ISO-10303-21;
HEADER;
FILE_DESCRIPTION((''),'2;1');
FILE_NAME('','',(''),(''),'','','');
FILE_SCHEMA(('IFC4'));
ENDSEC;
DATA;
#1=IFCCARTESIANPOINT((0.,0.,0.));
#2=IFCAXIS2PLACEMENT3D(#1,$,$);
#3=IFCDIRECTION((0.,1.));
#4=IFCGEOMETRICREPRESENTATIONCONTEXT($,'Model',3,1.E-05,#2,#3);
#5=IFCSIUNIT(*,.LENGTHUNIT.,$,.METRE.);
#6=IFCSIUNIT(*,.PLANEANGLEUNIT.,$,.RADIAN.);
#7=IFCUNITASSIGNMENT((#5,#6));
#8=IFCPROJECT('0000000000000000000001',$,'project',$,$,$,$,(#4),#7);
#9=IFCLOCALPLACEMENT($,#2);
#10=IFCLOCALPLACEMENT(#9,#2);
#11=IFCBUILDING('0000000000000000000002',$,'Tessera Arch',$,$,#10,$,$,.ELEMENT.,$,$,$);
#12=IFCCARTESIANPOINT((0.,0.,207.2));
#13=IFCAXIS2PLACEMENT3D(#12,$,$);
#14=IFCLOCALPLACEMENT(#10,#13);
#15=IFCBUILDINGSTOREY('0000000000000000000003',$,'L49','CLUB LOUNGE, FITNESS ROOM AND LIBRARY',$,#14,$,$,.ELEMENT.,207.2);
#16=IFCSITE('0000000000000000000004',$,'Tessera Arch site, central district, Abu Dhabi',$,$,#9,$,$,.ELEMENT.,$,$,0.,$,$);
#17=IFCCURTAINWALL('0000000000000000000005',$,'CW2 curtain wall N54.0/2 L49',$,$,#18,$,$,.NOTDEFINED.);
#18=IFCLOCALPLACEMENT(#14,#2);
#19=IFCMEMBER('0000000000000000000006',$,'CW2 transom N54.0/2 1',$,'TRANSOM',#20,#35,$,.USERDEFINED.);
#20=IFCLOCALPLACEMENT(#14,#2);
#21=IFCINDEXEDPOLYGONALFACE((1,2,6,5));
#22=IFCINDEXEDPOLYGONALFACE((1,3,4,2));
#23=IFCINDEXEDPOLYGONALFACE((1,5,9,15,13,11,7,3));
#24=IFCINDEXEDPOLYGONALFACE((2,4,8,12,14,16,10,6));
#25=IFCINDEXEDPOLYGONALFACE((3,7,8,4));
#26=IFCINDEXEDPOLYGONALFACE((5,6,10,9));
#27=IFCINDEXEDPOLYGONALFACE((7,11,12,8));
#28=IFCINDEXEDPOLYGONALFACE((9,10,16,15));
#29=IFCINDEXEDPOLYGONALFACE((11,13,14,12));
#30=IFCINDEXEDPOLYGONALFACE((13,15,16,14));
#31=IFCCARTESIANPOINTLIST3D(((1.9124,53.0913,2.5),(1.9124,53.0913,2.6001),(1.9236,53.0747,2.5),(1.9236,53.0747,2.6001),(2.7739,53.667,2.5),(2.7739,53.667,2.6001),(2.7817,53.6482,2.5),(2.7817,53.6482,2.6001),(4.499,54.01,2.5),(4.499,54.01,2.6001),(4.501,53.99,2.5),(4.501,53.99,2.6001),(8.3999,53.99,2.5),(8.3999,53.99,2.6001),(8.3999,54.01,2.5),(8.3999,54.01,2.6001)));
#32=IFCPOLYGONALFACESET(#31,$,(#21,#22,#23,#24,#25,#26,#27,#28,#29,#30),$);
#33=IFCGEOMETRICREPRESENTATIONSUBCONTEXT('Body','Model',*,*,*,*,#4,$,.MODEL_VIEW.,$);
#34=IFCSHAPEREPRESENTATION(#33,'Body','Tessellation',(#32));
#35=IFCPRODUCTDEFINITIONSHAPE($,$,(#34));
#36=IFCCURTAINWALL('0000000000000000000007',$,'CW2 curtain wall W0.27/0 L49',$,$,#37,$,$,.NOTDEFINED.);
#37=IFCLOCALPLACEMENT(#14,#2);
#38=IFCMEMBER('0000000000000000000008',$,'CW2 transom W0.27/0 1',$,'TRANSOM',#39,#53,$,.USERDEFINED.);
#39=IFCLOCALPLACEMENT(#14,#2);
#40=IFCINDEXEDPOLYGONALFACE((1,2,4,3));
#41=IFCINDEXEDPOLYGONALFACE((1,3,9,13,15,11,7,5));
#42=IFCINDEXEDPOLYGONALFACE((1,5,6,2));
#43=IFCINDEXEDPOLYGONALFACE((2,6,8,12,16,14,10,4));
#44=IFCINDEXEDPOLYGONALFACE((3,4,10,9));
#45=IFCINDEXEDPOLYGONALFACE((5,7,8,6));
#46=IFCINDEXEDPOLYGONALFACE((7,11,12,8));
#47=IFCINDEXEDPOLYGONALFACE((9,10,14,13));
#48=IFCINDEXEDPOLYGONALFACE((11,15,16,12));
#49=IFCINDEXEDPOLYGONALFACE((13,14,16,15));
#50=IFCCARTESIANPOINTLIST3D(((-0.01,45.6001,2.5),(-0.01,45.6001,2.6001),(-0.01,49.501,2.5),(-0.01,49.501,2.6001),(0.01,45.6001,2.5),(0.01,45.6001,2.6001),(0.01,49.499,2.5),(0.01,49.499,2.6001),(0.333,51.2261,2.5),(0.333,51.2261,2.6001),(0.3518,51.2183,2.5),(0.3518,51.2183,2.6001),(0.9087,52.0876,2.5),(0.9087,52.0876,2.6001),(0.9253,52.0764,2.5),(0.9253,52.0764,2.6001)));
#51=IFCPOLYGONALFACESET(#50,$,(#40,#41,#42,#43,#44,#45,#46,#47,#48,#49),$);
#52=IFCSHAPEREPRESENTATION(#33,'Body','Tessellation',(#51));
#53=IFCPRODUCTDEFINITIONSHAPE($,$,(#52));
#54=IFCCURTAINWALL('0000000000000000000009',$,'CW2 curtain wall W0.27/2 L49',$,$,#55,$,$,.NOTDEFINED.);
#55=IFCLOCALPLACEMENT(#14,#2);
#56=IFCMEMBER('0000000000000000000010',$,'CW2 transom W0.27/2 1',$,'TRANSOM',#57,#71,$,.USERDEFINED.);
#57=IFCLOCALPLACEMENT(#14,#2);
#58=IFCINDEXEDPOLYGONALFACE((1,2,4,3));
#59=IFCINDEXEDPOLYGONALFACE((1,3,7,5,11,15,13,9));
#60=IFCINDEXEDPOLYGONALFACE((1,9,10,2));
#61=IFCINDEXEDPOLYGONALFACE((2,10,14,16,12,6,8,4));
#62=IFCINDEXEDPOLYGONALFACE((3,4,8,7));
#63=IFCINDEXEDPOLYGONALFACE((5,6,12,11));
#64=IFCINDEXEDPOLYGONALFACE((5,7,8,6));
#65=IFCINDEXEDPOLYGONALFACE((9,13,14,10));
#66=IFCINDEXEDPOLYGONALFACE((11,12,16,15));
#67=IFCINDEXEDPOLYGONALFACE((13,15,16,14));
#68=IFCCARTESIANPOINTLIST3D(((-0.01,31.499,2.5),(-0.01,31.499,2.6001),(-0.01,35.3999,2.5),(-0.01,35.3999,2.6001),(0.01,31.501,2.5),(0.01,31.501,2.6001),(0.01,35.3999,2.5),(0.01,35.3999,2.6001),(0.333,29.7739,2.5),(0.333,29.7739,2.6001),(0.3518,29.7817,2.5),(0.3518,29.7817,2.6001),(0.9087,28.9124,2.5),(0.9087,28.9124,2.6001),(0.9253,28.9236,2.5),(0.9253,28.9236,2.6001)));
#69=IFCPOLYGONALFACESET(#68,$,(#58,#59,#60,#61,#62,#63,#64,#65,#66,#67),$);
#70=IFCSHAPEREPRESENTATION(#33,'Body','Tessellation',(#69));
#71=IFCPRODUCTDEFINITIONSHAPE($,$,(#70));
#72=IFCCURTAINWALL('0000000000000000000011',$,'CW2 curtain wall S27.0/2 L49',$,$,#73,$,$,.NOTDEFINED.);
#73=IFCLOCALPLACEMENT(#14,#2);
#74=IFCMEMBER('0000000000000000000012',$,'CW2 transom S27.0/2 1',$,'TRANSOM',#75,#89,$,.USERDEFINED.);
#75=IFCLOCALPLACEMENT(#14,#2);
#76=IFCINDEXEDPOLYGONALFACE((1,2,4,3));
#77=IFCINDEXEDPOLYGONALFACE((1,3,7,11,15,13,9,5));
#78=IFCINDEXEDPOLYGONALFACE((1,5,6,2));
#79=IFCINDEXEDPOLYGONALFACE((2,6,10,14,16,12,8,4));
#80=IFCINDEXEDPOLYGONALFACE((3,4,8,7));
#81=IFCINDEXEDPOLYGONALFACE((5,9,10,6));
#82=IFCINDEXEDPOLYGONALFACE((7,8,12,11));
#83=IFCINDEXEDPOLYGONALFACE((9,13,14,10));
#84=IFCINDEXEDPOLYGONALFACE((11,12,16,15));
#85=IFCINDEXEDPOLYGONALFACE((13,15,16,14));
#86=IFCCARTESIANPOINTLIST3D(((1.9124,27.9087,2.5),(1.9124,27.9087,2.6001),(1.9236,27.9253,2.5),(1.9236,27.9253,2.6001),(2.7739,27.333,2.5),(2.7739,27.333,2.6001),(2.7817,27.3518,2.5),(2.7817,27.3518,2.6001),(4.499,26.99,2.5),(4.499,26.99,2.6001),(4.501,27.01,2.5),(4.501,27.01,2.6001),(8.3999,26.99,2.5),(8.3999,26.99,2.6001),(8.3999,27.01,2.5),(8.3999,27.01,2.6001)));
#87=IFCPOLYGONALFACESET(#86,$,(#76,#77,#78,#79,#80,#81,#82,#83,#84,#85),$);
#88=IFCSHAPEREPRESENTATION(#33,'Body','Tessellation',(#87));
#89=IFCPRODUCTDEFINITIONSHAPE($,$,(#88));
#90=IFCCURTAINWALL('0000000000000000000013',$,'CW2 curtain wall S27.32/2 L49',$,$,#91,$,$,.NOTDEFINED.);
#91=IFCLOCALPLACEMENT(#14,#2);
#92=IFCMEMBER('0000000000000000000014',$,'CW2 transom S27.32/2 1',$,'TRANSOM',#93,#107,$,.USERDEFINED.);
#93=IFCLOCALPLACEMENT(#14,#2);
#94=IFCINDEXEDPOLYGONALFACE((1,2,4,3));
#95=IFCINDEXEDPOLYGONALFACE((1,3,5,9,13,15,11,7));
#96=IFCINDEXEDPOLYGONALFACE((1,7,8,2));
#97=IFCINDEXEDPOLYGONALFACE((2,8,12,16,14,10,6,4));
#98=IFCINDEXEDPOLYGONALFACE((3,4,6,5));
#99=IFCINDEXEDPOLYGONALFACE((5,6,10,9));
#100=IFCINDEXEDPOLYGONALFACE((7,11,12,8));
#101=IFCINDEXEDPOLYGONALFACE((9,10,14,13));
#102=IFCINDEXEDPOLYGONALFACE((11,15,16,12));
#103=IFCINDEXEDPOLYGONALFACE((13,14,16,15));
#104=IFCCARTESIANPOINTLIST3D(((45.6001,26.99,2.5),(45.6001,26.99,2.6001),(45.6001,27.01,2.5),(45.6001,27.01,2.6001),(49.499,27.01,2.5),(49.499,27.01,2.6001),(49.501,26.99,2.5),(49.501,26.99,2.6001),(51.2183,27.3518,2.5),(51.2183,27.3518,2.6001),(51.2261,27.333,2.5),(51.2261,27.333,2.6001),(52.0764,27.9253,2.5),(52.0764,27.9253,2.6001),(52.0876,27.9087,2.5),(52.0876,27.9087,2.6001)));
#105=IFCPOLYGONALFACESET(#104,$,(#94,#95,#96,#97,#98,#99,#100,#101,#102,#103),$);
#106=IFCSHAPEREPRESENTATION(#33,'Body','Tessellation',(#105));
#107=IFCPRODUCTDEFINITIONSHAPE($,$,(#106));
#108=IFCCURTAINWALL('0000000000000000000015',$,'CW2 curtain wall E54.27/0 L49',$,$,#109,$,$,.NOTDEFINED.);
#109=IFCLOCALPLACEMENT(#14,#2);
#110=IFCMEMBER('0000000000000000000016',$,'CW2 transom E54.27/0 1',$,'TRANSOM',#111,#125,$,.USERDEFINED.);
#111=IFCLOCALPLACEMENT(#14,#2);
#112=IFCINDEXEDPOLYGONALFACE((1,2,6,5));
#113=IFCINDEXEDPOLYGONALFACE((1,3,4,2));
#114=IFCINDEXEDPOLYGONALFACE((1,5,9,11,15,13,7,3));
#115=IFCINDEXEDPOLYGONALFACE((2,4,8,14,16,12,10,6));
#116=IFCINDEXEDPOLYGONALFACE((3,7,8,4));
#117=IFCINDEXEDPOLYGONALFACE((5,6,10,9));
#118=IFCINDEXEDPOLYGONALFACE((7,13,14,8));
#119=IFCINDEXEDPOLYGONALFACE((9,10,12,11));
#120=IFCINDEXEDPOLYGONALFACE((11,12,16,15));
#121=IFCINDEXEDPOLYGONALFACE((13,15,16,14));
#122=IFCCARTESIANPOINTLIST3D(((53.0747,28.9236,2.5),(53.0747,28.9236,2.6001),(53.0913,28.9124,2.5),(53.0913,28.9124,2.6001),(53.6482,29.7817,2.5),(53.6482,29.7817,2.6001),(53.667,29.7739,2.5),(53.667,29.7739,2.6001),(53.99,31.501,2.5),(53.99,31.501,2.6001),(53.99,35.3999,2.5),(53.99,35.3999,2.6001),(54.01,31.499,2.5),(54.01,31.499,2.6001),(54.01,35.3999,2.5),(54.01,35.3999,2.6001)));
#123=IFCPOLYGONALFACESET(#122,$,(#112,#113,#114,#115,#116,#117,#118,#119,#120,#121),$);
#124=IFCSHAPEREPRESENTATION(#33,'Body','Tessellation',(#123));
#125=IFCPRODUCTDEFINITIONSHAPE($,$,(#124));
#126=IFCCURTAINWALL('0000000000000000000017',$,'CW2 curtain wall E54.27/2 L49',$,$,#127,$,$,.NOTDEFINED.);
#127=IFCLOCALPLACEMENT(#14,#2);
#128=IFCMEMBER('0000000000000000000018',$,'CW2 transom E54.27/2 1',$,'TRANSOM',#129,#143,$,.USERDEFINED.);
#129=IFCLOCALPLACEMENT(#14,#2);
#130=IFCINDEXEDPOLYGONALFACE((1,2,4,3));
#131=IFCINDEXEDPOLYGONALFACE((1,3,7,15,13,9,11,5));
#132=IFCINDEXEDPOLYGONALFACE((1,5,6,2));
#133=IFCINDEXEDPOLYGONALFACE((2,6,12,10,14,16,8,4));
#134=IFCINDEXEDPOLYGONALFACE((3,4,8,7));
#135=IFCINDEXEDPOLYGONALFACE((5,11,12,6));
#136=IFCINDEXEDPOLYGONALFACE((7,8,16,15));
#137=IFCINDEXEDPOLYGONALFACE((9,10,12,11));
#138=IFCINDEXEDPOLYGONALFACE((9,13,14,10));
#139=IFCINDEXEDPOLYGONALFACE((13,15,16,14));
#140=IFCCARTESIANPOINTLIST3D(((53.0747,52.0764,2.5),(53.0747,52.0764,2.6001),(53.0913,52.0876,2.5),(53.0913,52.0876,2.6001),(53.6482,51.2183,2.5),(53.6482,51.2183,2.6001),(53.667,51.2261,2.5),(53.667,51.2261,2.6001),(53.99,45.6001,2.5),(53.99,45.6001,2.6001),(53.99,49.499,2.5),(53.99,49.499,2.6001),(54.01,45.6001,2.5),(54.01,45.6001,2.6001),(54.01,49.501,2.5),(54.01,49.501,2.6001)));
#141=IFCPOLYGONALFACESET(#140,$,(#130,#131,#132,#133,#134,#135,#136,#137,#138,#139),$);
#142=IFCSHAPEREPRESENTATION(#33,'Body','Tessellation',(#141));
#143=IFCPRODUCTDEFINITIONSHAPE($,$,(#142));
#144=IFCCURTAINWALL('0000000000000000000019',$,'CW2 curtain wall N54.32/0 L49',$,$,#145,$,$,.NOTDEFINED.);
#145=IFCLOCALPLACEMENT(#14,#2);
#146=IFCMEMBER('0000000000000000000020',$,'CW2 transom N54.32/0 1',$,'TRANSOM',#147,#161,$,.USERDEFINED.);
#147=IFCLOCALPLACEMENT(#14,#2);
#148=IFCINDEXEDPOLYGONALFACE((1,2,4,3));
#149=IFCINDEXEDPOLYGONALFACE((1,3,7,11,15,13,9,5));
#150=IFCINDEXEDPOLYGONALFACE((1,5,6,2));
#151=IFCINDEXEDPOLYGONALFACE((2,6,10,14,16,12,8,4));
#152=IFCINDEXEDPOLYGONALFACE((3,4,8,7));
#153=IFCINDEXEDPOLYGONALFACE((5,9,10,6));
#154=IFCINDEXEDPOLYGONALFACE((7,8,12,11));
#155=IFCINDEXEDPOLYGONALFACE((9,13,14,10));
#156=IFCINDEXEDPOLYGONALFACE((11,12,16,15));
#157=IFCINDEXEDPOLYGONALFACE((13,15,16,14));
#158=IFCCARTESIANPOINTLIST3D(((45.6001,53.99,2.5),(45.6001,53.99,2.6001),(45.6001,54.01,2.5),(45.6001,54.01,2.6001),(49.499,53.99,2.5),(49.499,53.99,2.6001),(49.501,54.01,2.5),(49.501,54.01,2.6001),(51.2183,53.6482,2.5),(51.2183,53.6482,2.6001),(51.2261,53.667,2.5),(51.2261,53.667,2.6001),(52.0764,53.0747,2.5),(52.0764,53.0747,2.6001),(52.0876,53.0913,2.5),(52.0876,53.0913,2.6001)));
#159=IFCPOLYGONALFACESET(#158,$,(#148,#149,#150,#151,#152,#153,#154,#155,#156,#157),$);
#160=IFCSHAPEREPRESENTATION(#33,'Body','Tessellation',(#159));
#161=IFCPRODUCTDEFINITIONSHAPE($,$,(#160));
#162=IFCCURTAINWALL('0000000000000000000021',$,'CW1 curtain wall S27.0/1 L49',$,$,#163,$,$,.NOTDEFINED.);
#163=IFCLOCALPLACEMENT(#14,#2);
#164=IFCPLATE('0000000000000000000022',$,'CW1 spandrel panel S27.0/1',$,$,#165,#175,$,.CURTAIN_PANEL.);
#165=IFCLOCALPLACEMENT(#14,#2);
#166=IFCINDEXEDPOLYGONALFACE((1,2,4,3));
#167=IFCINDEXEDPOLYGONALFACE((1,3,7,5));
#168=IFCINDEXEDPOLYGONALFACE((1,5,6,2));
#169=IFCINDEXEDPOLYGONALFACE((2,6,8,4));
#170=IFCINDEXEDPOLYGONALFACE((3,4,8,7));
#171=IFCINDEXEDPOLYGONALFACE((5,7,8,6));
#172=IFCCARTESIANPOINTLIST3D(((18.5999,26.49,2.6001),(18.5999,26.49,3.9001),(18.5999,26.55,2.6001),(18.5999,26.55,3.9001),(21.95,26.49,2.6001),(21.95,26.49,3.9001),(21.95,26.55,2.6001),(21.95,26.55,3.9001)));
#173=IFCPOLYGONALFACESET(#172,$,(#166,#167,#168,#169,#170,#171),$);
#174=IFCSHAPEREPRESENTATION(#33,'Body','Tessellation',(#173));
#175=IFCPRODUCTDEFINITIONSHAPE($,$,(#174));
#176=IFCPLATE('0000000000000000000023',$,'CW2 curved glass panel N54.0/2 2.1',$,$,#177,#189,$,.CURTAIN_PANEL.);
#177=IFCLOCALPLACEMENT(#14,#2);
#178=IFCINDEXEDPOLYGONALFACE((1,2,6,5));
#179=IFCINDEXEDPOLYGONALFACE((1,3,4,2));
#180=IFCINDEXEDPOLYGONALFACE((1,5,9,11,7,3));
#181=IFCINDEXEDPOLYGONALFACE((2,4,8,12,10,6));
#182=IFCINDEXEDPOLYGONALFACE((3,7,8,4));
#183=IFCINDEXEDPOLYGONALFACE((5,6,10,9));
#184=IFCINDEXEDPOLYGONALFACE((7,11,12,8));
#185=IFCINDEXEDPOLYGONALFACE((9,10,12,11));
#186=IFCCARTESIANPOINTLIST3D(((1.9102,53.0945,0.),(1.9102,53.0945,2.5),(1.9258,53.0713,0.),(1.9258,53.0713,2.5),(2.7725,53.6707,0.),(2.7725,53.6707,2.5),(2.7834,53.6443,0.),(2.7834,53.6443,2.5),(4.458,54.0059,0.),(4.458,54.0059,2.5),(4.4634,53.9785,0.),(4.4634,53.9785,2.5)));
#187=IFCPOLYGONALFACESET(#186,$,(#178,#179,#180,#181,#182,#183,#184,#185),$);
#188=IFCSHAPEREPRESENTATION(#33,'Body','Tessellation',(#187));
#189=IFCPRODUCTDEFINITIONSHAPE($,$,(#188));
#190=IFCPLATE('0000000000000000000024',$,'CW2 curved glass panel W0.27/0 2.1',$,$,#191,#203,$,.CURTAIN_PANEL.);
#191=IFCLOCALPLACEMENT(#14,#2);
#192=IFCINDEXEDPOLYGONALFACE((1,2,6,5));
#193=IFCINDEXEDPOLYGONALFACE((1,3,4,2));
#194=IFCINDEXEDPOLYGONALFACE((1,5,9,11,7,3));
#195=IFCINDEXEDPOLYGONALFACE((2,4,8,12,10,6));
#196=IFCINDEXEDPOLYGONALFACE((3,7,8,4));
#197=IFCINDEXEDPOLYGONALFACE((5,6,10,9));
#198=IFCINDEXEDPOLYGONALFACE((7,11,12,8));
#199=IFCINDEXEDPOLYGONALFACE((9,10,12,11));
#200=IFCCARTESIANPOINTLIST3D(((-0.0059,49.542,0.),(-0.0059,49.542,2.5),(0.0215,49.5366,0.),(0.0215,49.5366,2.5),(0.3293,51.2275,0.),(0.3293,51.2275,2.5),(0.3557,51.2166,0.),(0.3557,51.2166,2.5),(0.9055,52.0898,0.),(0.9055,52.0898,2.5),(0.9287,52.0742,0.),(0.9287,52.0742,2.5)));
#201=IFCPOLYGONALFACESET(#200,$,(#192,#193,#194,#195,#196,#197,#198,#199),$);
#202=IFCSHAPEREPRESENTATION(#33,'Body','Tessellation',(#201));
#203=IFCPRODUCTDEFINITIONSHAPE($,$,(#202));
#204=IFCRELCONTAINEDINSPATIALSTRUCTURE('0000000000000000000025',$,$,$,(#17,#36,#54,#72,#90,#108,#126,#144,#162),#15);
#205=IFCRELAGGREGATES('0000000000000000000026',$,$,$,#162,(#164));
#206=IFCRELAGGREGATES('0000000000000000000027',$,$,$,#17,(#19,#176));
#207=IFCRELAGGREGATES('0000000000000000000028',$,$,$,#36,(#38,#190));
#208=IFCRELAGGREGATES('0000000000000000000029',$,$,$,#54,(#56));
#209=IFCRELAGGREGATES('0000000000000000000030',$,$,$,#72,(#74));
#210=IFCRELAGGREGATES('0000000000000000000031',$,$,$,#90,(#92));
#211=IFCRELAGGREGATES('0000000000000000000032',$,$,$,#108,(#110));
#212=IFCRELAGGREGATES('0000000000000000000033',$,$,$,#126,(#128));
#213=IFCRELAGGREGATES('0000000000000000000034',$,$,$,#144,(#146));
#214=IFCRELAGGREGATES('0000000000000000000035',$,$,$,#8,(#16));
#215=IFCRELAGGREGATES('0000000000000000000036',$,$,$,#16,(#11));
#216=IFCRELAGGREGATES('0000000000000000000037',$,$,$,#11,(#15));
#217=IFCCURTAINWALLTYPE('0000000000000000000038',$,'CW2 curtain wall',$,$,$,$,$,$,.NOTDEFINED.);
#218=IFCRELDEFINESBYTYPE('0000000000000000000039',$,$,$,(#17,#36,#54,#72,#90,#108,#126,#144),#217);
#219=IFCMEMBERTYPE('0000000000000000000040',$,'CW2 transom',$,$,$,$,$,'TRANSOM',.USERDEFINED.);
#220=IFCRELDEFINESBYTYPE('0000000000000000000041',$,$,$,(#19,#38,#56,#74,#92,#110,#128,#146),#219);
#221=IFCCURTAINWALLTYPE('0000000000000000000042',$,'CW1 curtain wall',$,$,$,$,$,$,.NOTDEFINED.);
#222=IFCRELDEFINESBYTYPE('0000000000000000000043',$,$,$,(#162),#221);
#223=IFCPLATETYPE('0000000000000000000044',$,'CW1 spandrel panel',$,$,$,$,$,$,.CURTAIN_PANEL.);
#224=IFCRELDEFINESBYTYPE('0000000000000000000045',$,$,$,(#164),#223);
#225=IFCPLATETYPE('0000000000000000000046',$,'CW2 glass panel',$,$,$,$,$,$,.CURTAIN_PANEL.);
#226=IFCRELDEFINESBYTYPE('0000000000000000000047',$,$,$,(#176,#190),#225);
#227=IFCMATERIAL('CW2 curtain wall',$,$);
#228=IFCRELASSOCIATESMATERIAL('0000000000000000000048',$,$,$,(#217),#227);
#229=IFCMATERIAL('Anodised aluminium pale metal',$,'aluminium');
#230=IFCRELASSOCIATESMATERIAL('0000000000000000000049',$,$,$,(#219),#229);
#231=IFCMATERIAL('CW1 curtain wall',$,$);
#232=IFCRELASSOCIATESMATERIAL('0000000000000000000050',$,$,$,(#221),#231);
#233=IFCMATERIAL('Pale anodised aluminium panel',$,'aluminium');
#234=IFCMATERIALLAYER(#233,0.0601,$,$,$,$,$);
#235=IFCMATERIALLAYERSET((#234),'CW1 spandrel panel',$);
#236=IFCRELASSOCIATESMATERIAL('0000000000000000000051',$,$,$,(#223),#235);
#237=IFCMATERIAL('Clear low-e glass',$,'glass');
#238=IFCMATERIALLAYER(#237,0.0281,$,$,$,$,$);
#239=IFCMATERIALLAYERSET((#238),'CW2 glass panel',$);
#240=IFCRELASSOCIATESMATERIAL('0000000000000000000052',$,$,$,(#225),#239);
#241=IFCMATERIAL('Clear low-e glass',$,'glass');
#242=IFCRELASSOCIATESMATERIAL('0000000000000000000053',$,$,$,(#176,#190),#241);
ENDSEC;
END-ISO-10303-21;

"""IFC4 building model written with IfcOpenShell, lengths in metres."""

from ifc_helpers import new_model, si_unit, direction, frame, origin, origin_2d, place, context, subcontext, project, spatial, polyline, rectangle, outline, extrude, material, layer, layer_set, material_profile, profile_set, type_object, element, aggregate, save


model = new_model("IFC4")

# Units and contexts
model_context = context("Model", 3, precision=1e-05, world=origin(), true_north=direction((0.0, 1.0)))
body_context = subcontext(model_context, "Body", "Model", "MODEL_VIEW")
ifc_project = project(units=[si_unit("LENGTHUNIT", "METRE"), si_unit("PLANEANGLEUNIT", "RADIAN")], contexts=[model_context])

# Site, building, storey
site_placement = place(None, origin())
site = spatial("IfcSite", under=ifc_project, at=site_placement, Name="Tessera Arch site, central district, Abu Dhabi", CompositionType="ELEMENT", RefElevation=0.0)
building_placement = place(site_placement, origin())
building = spatial("IfcBuilding", under=site, at=building_placement, Name="Tessera Arch", CompositionType="ELEMENT")
storey_placement = place(building_placement, frame((0.0, 0.0, 207.2)))
storey = spatial("IfcBuildingStorey", under=building, at=storey_placement, Name="L49", Description="CLUB LOUNGE, FITNESS ROOM AND LIBRARY", CompositionType="ELEMENT", Elevation=207.2)

# Curtain walls, members
ifc_material_1 = material(Name="CW2 curtain wall")
curtain_wall_type_1 = type_object("IfcCurtainWallType", Name="CW2 curtain wall", PredefinedType="NOTDEFINED", material=ifc_material_1)
curtain_wall_1_placement = place(storey_placement, origin())
curtain_wall_1 = element("IfcCurtainWall", 1, at=curtain_wall_1_placement, inside=storey, type_object=curtain_wall_type_1, Name="CW2 curtain wall N54.0/2 L49", PredefinedType="NOTDEFINED")
ifc_material_2 = material(Name="Anodised aluminium pale metal", Category="aluminium")
ifc_material_profile = material_profile(ifc_material_2, rectangle(XDim=0.2, YDim=0.1001, at=origin_2d()), Name="AL 200x100")
ifc_profile_set = profile_set([ifc_material_profile], Name="Anodised aluminium pale metal")
member_type = type_object("IfcMemberType", Name="CW2 transom", ElementType="TRANSOM", PredefinedType="USERDEFINED", material=ifc_profile_set)
member_1_placement = place(storey_placement, frame((0.0, 0.0, 2.5)))
member_1 = element("IfcMember", 2, at=member_1_placement, type_object=member_type, Name="CW2 transom N54.0/2 1", ObjectType="TRANSOM", PredefinedType="USERDEFINED", context=body_context, shape_type="SweptSolid", body=[
    extrude(outline(polyline([(4.501, 53.99), (8.3999, 53.99), (8.3999, 54.01), (4.499, 54.01), (2.7739, 53.667), (1.9124, 53.0913), (1.9236, 53.0747), (2.7817, 53.6482), (4.501, 53.99)])), origin(), (0.0, 0.0, 1.0), 0.1001),
])
curtain_wall_2_placement = place(storey_placement, origin())
curtain_wall_2 = element("IfcCurtainWall", 3, at=curtain_wall_2_placement, inside=storey, type_object=curtain_wall_type_1, Name="CW2 curtain wall W0.27/0 L49", PredefinedType="NOTDEFINED")
member_2_placement = place(storey_placement, frame((0.0, 0.0, 2.5)))
member_2 = element("IfcMember", 4, at=member_2_placement, type_object=member_type, Name="CW2 transom W0.27/0 1", ObjectType="TRANSOM", PredefinedType="USERDEFINED", context=body_context, shape_type="SweptSolid", body=[
    extrude(outline(polyline([(0.3518, 51.2183), (0.9253, 52.0764), (0.9087, 52.0876), (0.333, 51.2261), (-0.01, 49.501), (-0.01, 45.6001), (0.01, 45.6001), (0.01, 49.499), (0.3518, 51.2183)])), origin(), (0.0, 0.0, 1.0), 0.1001),
])
curtain_wall_3_placement = place(storey_placement, origin())
curtain_wall_3 = element("IfcCurtainWall", 5, at=curtain_wall_3_placement, inside=storey, type_object=curtain_wall_type_1, Name="CW2 curtain wall W0.27/2 L49", PredefinedType="NOTDEFINED")
member_3_placement = place(storey_placement, frame((0.0, 0.0, 2.5)))
member_3 = element("IfcMember", 6, at=member_3_placement, type_object=member_type, Name="CW2 transom W0.27/2 1", ObjectType="TRANSOM", PredefinedType="USERDEFINED", context=body_context, shape_type="SweptSolid", body=[
    extrude(outline(polyline([(0.01, 31.501), (0.01, 35.3999), (-0.01, 35.3999), (-0.01, 31.499), (0.333, 29.7739), (0.9087, 28.9124), (0.9253, 28.9236), (0.3518, 29.7817), (0.01, 31.501)])), origin(), (0.0, 0.0, 1.0), 0.1001),
])
curtain_wall_4_placement = place(storey_placement, origin())
curtain_wall_4 = element("IfcCurtainWall", 7, at=curtain_wall_4_placement, inside=storey, type_object=curtain_wall_type_1, Name="CW2 curtain wall S27.0/2 L49", PredefinedType="NOTDEFINED")
member_4_placement = place(storey_placement, frame((0.0, 0.0, 2.5)))
member_4 = element("IfcMember", 8, at=member_4_placement, type_object=member_type, Name="CW2 transom S27.0/2 1", ObjectType="TRANSOM", PredefinedType="USERDEFINED", context=body_context, shape_type="SweptSolid", body=[
    extrude(outline(polyline([(2.7817, 27.3518), (1.9236, 27.9253), (1.9124, 27.9087), (2.7739, 27.333), (4.499, 26.99), (8.3999, 26.99), (8.3999, 27.01), (4.501, 27.01), (2.7817, 27.3518)])), origin(), (0.0, 0.0, 1.0), 0.1001),
])
curtain_wall_5_placement = place(storey_placement, origin())
curtain_wall_5 = element("IfcCurtainWall", 9, at=curtain_wall_5_placement, inside=storey, type_object=curtain_wall_type_1, Name="CW2 curtain wall S27.32/2 L49", PredefinedType="NOTDEFINED")
member_5_placement = place(storey_placement, frame((0.0, 0.0, 2.5)))
member_5 = element("IfcMember", 10, at=member_5_placement, type_object=member_type, Name="CW2 transom S27.32/2 1", ObjectType="TRANSOM", PredefinedType="USERDEFINED", context=body_context, shape_type="SweptSolid", body=[
    extrude(outline(polyline([(49.499, 27.01), (45.6001, 27.01), (45.6001, 26.99), (49.501, 26.99), (51.2261, 27.333), (52.0876, 27.9087), (52.0764, 27.9253), (51.2183, 27.3518), (49.499, 27.01)])), origin(), (0.0, 0.0, 1.0), 0.1001),
])
curtain_wall_6_placement = place(storey_placement, origin())
curtain_wall_6 = element("IfcCurtainWall", 11, at=curtain_wall_6_placement, inside=storey, type_object=curtain_wall_type_1, Name="CW2 curtain wall E54.27/0 L49", PredefinedType="NOTDEFINED")
member_6_placement = place(storey_placement, frame((0.0, 0.0, 2.5)))
member_6 = element("IfcMember", 12, at=member_6_placement, type_object=member_type, Name="CW2 transom E54.27/0 1", ObjectType="TRANSOM", PredefinedType="USERDEFINED", context=body_context, shape_type="SweptSolid", body=[
    extrude(outline(polyline([(53.6482, 29.7817), (53.0747, 28.9236), (53.0913, 28.9124), (53.667, 29.7739), (54.01, 31.499), (54.01, 35.3999), (53.99, 35.3999), (53.99, 31.501), (53.6482, 29.7817)])), origin(), (0.0, 0.0, 1.0), 0.1001),
])
curtain_wall_7_placement = place(storey_placement, origin())
curtain_wall_7 = element("IfcCurtainWall", 13, at=curtain_wall_7_placement, inside=storey, type_object=curtain_wall_type_1, Name="CW2 curtain wall E54.27/2 L49", PredefinedType="NOTDEFINED")
member_7_placement = place(storey_placement, frame((0.0, 0.0, 2.5)))
member_7 = element("IfcMember", 14, at=member_7_placement, type_object=member_type, Name="CW2 transom E54.27/2 1", ObjectType="TRANSOM", PredefinedType="USERDEFINED", context=body_context, shape_type="SweptSolid", body=[
    extrude(outline(polyline([(53.99, 49.499), (53.99, 45.6001), (54.01, 45.6001), (54.01, 49.501), (53.667, 51.2261), (53.0913, 52.0876), (53.0747, 52.0764), (53.6482, 51.2183), (53.99, 49.499)])), origin(), (0.0, 0.0, 1.0), 0.1001),
])
curtain_wall_8_placement = place(storey_placement, origin())
curtain_wall_8 = element("IfcCurtainWall", 15, at=curtain_wall_8_placement, inside=storey, type_object=curtain_wall_type_1, Name="CW2 curtain wall N54.32/0 L49", PredefinedType="NOTDEFINED")
member_8_placement = place(storey_placement, frame((0.0, 0.0, 2.5)))
member_8 = element("IfcMember", 16, at=member_8_placement, type_object=member_type, Name="CW2 transom N54.32/0 1", ObjectType="TRANSOM", PredefinedType="USERDEFINED", context=body_context, shape_type="SweptSolid", body=[
    extrude(outline(polyline([(51.2183, 53.6482), (52.0764, 53.0747), (52.0876, 53.0913), (51.2261, 53.667), (49.501, 54.01), (45.6001, 54.01), (45.6001, 53.99), (49.499, 53.99), (51.2183, 53.6482)])), origin(), (0.0, 0.0, 1.0), 0.1001),
])

# Curtain wall, plate
ifc_material_3 = material(Name="CW1 curtain wall")
curtain_wall_type_2 = type_object("IfcCurtainWallType", Name="CW1 curtain wall", PredefinedType="NOTDEFINED", material=ifc_material_3)
curtain_wall_9_placement = place(storey_placement, origin())
curtain_wall_9 = element("IfcCurtainWall", 17, at=curtain_wall_9_placement, inside=storey, type_object=curtain_wall_type_2, Name="CW1 curtain wall S27.0/1 L49", PredefinedType="NOTDEFINED")
ifc_material_4 = material(Name="Pale anodised aluminium panel", Category="aluminium")
ifc_layer_1 = layer(ifc_material_4, 0.0601)
ifc_layer_set_1 = layer_set([ifc_layer_1], Name="CW1 spandrel panel")
plate_type_1 = type_object("IfcPlateType", Name="CW1 spandrel panel", PredefinedType="CURTAIN_PANEL", material=ifc_layer_set_1)
plate_1_placement = place(storey_placement, frame((20.2749, 26.52, 2.6001), z_axis=(0.0, 0.0, 1.0), x_axis=(1.0, 0.0, 0.0)))
plate_1 = element("IfcPlate", 18, at=plate_1_placement, type_object=plate_type_1, Name="CW1 spandrel panel S27.0/1", PredefinedType="CURTAIN_PANEL", context=body_context, shape_type="SweptSolid", body=[
    extrude(rectangle(XDim=3.3501, YDim=0.0601, at=origin_2d()), origin(), (0.0, 0.0, 1.0), 1.3),
])
aggregate(curtain_wall_9, [plate_1])

# Plates
ifc_material_5 = material(Name="Clear low-e glass", Category="glass")
ifc_material_6 = material(Name="Clear low-e glass", Category="glass")
ifc_layer_2 = layer(ifc_material_6, 0.0281)
ifc_layer_set_2 = layer_set([ifc_layer_2], Name="CW2 glass panel")
plate_type_2 = type_object("IfcPlateType", Name="CW2 glass panel", PredefinedType="CURTAIN_PANEL", material=ifc_layer_set_2)
plate_2_placement = place(storey_placement, origin())
plate_2 = element("IfcPlate", 19, at=plate_2_placement, type_object=plate_type_2, material=ifc_material_5, Name="CW2 curved glass panel N54.0/2 2.1", PredefinedType="CURTAIN_PANEL", context=body_context, shape_type="SweptSolid", body=[
    extrude(outline(polyline([(2.7834, 53.6443), (4.4634, 53.9785), (4.458, 54.0059), (2.7725, 53.6707), (1.9102, 53.0945), (1.9258, 53.0713), (2.7834, 53.6443)])), origin(), (0.0, 0.0, 1.0), 2.5),
])
plate_3_placement = place(storey_placement, origin())
plate_3 = element("IfcPlate", 20, at=plate_3_placement, type_object=plate_type_2, material=ifc_material_5, Name="CW2 curved glass panel W0.27/0 2.1", PredefinedType="CURTAIN_PANEL", context=body_context, shape_type="SweptSolid", body=[
    extrude(outline(polyline([(0.3557, 51.2166), (0.9287, 52.0742), (0.9055, 52.0898), (0.3293, 51.2275), (-0.0059, 49.542), (0.0215, 49.5366), (0.3557, 51.2166)])), origin(), (0.0, 0.0, 1.0), 2.5),
])
aggregate(curtain_wall_1, [member_1, plate_2])
aggregate(curtain_wall_2, [member_2, plate_3])
aggregate(curtain_wall_3, [member_3])
aggregate(curtain_wall_4, [member_4])
aggregate(curtain_wall_5, [member_5])
aggregate(curtain_wall_6, [member_6])
aggregate(curtain_wall_7, [member_7])
aggregate(curtain_wall_8, [member_8])

save(model, "model.ifc")
